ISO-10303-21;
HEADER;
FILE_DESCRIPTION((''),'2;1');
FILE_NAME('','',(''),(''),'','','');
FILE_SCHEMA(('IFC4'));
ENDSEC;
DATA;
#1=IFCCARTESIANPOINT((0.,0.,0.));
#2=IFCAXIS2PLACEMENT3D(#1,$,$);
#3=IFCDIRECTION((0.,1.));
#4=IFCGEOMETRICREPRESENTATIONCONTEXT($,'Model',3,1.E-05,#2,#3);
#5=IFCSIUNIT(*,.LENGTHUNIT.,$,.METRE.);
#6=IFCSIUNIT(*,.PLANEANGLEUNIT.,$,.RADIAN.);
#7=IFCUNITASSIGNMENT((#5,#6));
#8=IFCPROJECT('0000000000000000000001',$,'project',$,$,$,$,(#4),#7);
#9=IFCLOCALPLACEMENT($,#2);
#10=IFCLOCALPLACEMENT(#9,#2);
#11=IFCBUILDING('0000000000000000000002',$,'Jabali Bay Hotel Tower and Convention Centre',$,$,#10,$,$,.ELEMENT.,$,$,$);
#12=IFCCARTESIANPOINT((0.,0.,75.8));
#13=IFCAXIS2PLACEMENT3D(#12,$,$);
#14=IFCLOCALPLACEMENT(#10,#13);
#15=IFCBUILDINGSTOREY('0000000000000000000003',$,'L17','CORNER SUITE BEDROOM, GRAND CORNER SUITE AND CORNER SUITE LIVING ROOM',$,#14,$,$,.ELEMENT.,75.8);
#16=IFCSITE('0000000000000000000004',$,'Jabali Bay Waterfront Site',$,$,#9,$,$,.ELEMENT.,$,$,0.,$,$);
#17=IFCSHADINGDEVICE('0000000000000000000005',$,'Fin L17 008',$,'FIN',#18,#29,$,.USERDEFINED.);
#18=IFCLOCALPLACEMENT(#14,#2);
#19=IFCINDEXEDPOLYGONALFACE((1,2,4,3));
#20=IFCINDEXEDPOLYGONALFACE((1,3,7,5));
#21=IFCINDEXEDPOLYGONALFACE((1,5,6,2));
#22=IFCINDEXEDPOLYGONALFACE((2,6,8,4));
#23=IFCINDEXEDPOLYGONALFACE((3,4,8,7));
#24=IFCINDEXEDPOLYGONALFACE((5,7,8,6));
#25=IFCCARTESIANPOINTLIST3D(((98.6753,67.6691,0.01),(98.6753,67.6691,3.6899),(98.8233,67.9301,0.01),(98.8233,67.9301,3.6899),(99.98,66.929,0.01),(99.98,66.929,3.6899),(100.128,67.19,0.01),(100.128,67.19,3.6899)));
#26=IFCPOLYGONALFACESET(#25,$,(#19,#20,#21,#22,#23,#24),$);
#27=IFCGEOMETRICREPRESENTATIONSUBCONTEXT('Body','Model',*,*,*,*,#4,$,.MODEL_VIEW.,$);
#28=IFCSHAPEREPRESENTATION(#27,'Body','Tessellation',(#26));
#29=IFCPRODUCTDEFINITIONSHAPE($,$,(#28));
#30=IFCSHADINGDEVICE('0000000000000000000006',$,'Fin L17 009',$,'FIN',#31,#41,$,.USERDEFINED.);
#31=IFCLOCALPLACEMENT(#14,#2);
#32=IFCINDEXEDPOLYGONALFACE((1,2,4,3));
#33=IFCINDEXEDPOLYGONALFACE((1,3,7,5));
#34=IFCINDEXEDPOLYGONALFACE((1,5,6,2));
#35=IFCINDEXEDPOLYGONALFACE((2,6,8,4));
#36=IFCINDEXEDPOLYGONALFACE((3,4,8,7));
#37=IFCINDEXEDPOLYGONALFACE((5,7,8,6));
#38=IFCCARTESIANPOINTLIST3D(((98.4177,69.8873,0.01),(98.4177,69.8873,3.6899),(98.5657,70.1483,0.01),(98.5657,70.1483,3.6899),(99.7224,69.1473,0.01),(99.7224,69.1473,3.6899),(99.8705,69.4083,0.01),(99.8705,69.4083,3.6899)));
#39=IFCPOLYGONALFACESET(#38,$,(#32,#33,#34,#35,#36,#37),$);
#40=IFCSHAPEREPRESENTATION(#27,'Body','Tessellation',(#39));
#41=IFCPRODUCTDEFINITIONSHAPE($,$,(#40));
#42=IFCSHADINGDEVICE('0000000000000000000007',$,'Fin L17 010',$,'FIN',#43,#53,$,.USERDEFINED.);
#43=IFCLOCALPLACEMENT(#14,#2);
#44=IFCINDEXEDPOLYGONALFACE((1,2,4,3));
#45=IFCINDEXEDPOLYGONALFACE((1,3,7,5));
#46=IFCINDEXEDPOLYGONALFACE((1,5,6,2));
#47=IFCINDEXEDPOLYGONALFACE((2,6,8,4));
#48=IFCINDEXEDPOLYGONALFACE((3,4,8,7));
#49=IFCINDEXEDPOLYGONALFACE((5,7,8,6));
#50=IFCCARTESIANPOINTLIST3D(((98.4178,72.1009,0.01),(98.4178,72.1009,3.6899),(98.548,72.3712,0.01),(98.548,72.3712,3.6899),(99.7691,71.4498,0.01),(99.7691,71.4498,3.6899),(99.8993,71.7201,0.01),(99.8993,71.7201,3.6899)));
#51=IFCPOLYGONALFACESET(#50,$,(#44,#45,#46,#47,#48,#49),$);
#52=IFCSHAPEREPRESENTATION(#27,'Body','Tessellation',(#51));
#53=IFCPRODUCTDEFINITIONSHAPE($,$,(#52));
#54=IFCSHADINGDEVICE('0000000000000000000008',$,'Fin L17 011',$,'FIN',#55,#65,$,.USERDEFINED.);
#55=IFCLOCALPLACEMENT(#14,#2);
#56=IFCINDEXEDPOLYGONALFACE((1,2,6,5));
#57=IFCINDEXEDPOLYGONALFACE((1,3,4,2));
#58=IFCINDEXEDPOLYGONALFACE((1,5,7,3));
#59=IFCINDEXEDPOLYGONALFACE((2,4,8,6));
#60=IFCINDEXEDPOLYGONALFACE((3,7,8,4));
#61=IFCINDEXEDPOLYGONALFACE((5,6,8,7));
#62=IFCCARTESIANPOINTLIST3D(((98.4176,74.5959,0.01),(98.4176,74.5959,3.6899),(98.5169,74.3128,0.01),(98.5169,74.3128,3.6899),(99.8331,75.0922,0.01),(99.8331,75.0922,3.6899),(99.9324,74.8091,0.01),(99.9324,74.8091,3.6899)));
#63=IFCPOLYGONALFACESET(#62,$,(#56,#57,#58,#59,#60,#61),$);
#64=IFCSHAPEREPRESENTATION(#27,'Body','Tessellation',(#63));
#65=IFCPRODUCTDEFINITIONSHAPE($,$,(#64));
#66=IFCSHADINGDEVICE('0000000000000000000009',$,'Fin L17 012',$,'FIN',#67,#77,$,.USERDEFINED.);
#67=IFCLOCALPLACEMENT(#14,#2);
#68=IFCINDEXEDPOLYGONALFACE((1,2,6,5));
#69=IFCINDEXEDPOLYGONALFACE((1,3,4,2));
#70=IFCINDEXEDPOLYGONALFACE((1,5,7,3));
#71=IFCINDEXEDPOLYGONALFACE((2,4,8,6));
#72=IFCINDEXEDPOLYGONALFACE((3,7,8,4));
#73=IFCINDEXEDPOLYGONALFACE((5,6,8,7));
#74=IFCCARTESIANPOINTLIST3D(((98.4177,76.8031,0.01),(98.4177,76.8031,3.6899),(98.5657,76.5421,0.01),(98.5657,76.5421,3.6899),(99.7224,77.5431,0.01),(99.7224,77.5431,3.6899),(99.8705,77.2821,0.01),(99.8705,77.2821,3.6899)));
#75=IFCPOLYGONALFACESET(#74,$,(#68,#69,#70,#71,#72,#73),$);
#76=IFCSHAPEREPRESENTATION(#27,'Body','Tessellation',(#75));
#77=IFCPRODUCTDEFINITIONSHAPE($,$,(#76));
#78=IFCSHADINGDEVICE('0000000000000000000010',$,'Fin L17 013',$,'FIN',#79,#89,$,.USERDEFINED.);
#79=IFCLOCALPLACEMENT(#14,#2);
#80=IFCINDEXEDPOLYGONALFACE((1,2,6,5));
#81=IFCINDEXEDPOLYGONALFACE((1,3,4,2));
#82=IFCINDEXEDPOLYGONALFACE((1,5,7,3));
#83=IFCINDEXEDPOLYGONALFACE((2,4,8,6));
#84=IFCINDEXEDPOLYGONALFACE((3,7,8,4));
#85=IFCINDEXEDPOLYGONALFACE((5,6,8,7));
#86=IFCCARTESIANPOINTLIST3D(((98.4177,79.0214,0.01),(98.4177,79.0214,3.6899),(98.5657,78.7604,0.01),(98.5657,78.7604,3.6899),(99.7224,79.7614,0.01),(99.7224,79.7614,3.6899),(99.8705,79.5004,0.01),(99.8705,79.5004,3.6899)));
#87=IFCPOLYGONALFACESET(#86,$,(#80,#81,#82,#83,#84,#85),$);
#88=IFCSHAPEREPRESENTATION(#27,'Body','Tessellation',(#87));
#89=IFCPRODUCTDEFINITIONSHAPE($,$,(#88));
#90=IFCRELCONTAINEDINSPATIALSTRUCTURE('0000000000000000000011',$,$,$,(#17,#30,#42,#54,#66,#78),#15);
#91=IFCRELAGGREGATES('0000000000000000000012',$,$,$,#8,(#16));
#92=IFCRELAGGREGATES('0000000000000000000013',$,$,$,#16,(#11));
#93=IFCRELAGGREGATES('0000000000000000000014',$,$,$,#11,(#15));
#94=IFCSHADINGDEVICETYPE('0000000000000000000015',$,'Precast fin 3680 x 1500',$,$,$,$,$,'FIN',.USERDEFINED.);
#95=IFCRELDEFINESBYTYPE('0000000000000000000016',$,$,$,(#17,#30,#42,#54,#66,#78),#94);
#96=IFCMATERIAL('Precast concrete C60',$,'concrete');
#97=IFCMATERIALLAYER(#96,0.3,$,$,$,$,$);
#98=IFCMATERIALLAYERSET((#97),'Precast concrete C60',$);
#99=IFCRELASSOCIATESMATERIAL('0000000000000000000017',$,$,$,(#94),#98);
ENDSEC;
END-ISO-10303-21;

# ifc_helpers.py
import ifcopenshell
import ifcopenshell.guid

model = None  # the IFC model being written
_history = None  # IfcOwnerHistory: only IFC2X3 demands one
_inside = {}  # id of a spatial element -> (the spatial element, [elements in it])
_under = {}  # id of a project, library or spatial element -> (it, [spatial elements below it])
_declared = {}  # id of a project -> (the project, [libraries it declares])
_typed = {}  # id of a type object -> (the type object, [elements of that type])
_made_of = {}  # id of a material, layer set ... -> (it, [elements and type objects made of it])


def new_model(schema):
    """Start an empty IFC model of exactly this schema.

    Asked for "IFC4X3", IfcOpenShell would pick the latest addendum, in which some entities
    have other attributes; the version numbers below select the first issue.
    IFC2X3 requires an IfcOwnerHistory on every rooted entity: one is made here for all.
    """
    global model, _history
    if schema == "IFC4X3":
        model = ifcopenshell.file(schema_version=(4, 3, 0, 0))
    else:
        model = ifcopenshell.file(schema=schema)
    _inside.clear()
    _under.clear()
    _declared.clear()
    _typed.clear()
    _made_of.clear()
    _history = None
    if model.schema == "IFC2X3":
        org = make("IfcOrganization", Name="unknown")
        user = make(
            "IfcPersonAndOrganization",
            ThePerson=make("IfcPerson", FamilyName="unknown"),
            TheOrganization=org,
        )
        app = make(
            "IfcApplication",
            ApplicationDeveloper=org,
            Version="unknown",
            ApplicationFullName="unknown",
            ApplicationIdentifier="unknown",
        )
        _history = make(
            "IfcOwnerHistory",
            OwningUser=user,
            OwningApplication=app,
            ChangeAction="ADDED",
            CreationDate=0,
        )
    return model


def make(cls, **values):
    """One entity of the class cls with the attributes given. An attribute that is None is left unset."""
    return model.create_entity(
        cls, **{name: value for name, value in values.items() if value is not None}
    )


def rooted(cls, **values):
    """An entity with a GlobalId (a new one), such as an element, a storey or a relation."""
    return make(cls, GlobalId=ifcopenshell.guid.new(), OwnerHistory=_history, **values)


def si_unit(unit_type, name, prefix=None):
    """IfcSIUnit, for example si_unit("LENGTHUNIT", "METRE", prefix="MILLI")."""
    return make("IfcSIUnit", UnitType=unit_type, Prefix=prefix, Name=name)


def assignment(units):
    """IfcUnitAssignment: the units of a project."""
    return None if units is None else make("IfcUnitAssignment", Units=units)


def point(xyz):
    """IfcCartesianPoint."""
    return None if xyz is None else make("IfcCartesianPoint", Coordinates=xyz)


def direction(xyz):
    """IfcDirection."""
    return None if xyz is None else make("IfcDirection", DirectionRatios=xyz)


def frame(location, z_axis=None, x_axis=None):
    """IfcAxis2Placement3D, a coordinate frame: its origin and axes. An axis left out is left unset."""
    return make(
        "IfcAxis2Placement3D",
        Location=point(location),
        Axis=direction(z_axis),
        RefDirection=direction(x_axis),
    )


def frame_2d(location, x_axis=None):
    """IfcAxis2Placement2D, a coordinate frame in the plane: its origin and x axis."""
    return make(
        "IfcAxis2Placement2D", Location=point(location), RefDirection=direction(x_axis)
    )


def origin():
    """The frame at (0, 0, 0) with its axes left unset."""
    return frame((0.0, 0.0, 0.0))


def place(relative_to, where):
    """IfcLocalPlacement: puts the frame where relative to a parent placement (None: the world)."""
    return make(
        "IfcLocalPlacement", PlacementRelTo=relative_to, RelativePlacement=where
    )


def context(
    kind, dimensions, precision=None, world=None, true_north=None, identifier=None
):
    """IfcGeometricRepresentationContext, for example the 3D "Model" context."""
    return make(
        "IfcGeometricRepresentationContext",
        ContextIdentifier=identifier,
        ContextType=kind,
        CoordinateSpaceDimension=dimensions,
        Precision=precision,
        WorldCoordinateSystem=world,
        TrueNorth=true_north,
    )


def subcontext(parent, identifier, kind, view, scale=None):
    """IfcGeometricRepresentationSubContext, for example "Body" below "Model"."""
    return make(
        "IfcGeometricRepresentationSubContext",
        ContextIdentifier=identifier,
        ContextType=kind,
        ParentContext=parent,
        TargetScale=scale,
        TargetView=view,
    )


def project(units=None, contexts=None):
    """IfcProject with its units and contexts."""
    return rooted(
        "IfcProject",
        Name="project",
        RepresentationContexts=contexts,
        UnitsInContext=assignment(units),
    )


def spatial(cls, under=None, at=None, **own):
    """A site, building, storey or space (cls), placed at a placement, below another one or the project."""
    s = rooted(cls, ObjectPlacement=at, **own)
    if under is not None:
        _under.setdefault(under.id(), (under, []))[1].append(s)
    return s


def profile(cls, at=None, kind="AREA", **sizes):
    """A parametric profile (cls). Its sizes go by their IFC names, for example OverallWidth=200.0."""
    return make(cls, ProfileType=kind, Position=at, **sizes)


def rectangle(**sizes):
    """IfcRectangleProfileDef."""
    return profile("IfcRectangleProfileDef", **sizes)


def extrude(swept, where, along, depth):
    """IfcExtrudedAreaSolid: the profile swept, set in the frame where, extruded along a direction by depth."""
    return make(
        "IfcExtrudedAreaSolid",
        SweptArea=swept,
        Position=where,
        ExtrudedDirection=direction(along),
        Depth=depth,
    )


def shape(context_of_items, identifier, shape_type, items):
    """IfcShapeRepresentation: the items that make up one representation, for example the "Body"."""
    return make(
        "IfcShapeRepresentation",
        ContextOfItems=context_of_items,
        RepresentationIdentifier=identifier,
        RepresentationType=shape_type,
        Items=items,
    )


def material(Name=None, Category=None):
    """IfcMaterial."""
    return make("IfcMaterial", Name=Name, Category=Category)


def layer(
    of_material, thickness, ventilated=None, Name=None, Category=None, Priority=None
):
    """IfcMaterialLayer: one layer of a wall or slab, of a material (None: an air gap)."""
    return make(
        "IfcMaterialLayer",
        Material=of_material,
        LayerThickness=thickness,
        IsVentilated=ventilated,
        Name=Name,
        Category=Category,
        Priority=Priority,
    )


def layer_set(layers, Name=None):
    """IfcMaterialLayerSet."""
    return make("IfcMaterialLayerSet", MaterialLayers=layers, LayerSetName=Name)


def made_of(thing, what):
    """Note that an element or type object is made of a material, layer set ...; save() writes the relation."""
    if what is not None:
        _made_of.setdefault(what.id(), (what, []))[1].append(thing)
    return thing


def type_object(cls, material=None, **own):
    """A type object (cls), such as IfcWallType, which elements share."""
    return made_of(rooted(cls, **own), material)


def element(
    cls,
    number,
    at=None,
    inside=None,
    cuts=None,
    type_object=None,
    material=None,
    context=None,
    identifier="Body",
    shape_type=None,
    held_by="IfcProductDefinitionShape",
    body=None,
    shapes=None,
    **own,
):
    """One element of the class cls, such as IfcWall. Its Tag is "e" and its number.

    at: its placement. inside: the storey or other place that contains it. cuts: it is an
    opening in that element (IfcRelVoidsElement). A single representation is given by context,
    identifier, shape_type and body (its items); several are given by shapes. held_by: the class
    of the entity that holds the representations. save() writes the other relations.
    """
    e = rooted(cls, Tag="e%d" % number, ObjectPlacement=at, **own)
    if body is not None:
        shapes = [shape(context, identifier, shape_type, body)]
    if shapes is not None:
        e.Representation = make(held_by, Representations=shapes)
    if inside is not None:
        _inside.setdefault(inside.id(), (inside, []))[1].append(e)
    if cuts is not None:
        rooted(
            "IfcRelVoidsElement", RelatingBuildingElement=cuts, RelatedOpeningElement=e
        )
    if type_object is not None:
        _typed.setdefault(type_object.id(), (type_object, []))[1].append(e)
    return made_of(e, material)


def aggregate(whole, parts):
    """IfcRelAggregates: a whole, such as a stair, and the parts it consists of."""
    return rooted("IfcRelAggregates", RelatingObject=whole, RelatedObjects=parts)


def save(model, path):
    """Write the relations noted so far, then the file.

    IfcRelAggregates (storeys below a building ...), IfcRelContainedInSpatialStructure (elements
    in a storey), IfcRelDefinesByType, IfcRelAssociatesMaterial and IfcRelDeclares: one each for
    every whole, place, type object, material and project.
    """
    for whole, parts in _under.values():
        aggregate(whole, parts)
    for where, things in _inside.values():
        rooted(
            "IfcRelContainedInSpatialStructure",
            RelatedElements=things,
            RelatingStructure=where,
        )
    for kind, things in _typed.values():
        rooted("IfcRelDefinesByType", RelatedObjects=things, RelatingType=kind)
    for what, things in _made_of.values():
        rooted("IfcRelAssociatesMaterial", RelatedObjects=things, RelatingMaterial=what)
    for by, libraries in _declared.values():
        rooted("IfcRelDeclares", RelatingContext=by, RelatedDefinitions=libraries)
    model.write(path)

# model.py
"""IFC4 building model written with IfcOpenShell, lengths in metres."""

from ifc_helpers import new_model, si_unit, direction, frame, frame_2d, origin, place, context, subcontext, project, spatial, rectangle, extrude, material, layer, layer_set, type_object, element, save


model = new_model("IFC4")

# Units and contexts
model_context = context("Model", 3, precision=1e-05, world=origin(), true_north=direction((0.0, 1.0)))
body_context = subcontext(model_context, "Body", "Model", "MODEL_VIEW")
ifc_project = project(units=[si_unit("LENGTHUNIT", "METRE"), si_unit("PLANEANGLEUNIT", "RADIAN")], contexts=[model_context])

# Site, building, storey
site_placement = place(None, origin())
site = spatial("IfcSite", under=ifc_project, at=site_placement, Name="Jabali Bay Waterfront Site", CompositionType="ELEMENT", RefElevation=0.0)
building_placement = place(site_placement, origin())
building = spatial("IfcBuilding", under=site, at=building_placement, Name="Jabali Bay Hotel Tower and Convention Centre", CompositionType="ELEMENT")
storey_placement = place(building_placement, frame((0.0, 0.0, 75.8)))
storey = spatial("IfcBuildingStorey", under=building, at=storey_placement, Name="L17", Description="CORNER SUITE BEDROOM, GRAND CORNER SUITE AND CORNER SUITE LIVING ROOM", CompositionType="ELEMENT", Elevation=75.8)

# Shading devices
ifc_material_1 = material(Name="Precast concrete C60", Category="concrete")
ifc_layer_1 = layer(ifc_material_1, 0.3)
ifc_layer_set_1 = layer_set([ifc_layer_1], Name="Precast concrete C60")
shading_device_type = type_object("IfcShadingDeviceType", Name="Precast fin 3680 x 1500", ElementType="FIN", PredefinedType="USERDEFINED", material=ifc_layer_set_1)
for number, where, z_axis, x_axis, name in (
    (1, (98.7493, 67.7996, 0.01), (0.0, 0.0, 1.0), (0.869831, -0.493349, 0.0), "Fin L17 008"),
    (2, (98.4917, 70.0178, 0.01), (0.0, 0.0, 1.0), (0.869831, -0.493349, 0.0), "Fin L17 009"),
    (3, (98.4829, 72.2361, 0.01), (0.0, 0.0, 1.0), (0.900874, -0.43408, 0.0), "Fin L17 010"),
    (4, (98.4673, 74.4543, 0.01), (0.0, 0.0, 1.0), (0.94367, 0.330887, 0.0), "Fin L17 011"),
    (5, (98.4917, 76.6726, 0.01), (0.0, 0.0, 1.0), (0.869831, 0.493349, 0.0), "Fin L17 012"),
    (6, (98.4917, 78.8909, 0.01), (0.0, 0.0, 1.0), (0.869831, 0.493349, 0.0), "Fin L17 013"),
):
    element("IfcShadingDevice", number, at=place(storey_placement, frame(where, z_axis=z_axis, x_axis=x_axis)), inside=storey, type_object=shading_device_type, Name=name, ObjectType="FIN", PredefinedType="USERDEFINED", context=body_context, shape_type="SweptSolid", body=[
        extrude(rectangle(XDim=1.5, YDim=0.3, at=frame_2d((0.75, 0.0))), origin(), (0.0, 0.0, 1.0), 3.6799),
    ])

save(model, "model.ifc")
